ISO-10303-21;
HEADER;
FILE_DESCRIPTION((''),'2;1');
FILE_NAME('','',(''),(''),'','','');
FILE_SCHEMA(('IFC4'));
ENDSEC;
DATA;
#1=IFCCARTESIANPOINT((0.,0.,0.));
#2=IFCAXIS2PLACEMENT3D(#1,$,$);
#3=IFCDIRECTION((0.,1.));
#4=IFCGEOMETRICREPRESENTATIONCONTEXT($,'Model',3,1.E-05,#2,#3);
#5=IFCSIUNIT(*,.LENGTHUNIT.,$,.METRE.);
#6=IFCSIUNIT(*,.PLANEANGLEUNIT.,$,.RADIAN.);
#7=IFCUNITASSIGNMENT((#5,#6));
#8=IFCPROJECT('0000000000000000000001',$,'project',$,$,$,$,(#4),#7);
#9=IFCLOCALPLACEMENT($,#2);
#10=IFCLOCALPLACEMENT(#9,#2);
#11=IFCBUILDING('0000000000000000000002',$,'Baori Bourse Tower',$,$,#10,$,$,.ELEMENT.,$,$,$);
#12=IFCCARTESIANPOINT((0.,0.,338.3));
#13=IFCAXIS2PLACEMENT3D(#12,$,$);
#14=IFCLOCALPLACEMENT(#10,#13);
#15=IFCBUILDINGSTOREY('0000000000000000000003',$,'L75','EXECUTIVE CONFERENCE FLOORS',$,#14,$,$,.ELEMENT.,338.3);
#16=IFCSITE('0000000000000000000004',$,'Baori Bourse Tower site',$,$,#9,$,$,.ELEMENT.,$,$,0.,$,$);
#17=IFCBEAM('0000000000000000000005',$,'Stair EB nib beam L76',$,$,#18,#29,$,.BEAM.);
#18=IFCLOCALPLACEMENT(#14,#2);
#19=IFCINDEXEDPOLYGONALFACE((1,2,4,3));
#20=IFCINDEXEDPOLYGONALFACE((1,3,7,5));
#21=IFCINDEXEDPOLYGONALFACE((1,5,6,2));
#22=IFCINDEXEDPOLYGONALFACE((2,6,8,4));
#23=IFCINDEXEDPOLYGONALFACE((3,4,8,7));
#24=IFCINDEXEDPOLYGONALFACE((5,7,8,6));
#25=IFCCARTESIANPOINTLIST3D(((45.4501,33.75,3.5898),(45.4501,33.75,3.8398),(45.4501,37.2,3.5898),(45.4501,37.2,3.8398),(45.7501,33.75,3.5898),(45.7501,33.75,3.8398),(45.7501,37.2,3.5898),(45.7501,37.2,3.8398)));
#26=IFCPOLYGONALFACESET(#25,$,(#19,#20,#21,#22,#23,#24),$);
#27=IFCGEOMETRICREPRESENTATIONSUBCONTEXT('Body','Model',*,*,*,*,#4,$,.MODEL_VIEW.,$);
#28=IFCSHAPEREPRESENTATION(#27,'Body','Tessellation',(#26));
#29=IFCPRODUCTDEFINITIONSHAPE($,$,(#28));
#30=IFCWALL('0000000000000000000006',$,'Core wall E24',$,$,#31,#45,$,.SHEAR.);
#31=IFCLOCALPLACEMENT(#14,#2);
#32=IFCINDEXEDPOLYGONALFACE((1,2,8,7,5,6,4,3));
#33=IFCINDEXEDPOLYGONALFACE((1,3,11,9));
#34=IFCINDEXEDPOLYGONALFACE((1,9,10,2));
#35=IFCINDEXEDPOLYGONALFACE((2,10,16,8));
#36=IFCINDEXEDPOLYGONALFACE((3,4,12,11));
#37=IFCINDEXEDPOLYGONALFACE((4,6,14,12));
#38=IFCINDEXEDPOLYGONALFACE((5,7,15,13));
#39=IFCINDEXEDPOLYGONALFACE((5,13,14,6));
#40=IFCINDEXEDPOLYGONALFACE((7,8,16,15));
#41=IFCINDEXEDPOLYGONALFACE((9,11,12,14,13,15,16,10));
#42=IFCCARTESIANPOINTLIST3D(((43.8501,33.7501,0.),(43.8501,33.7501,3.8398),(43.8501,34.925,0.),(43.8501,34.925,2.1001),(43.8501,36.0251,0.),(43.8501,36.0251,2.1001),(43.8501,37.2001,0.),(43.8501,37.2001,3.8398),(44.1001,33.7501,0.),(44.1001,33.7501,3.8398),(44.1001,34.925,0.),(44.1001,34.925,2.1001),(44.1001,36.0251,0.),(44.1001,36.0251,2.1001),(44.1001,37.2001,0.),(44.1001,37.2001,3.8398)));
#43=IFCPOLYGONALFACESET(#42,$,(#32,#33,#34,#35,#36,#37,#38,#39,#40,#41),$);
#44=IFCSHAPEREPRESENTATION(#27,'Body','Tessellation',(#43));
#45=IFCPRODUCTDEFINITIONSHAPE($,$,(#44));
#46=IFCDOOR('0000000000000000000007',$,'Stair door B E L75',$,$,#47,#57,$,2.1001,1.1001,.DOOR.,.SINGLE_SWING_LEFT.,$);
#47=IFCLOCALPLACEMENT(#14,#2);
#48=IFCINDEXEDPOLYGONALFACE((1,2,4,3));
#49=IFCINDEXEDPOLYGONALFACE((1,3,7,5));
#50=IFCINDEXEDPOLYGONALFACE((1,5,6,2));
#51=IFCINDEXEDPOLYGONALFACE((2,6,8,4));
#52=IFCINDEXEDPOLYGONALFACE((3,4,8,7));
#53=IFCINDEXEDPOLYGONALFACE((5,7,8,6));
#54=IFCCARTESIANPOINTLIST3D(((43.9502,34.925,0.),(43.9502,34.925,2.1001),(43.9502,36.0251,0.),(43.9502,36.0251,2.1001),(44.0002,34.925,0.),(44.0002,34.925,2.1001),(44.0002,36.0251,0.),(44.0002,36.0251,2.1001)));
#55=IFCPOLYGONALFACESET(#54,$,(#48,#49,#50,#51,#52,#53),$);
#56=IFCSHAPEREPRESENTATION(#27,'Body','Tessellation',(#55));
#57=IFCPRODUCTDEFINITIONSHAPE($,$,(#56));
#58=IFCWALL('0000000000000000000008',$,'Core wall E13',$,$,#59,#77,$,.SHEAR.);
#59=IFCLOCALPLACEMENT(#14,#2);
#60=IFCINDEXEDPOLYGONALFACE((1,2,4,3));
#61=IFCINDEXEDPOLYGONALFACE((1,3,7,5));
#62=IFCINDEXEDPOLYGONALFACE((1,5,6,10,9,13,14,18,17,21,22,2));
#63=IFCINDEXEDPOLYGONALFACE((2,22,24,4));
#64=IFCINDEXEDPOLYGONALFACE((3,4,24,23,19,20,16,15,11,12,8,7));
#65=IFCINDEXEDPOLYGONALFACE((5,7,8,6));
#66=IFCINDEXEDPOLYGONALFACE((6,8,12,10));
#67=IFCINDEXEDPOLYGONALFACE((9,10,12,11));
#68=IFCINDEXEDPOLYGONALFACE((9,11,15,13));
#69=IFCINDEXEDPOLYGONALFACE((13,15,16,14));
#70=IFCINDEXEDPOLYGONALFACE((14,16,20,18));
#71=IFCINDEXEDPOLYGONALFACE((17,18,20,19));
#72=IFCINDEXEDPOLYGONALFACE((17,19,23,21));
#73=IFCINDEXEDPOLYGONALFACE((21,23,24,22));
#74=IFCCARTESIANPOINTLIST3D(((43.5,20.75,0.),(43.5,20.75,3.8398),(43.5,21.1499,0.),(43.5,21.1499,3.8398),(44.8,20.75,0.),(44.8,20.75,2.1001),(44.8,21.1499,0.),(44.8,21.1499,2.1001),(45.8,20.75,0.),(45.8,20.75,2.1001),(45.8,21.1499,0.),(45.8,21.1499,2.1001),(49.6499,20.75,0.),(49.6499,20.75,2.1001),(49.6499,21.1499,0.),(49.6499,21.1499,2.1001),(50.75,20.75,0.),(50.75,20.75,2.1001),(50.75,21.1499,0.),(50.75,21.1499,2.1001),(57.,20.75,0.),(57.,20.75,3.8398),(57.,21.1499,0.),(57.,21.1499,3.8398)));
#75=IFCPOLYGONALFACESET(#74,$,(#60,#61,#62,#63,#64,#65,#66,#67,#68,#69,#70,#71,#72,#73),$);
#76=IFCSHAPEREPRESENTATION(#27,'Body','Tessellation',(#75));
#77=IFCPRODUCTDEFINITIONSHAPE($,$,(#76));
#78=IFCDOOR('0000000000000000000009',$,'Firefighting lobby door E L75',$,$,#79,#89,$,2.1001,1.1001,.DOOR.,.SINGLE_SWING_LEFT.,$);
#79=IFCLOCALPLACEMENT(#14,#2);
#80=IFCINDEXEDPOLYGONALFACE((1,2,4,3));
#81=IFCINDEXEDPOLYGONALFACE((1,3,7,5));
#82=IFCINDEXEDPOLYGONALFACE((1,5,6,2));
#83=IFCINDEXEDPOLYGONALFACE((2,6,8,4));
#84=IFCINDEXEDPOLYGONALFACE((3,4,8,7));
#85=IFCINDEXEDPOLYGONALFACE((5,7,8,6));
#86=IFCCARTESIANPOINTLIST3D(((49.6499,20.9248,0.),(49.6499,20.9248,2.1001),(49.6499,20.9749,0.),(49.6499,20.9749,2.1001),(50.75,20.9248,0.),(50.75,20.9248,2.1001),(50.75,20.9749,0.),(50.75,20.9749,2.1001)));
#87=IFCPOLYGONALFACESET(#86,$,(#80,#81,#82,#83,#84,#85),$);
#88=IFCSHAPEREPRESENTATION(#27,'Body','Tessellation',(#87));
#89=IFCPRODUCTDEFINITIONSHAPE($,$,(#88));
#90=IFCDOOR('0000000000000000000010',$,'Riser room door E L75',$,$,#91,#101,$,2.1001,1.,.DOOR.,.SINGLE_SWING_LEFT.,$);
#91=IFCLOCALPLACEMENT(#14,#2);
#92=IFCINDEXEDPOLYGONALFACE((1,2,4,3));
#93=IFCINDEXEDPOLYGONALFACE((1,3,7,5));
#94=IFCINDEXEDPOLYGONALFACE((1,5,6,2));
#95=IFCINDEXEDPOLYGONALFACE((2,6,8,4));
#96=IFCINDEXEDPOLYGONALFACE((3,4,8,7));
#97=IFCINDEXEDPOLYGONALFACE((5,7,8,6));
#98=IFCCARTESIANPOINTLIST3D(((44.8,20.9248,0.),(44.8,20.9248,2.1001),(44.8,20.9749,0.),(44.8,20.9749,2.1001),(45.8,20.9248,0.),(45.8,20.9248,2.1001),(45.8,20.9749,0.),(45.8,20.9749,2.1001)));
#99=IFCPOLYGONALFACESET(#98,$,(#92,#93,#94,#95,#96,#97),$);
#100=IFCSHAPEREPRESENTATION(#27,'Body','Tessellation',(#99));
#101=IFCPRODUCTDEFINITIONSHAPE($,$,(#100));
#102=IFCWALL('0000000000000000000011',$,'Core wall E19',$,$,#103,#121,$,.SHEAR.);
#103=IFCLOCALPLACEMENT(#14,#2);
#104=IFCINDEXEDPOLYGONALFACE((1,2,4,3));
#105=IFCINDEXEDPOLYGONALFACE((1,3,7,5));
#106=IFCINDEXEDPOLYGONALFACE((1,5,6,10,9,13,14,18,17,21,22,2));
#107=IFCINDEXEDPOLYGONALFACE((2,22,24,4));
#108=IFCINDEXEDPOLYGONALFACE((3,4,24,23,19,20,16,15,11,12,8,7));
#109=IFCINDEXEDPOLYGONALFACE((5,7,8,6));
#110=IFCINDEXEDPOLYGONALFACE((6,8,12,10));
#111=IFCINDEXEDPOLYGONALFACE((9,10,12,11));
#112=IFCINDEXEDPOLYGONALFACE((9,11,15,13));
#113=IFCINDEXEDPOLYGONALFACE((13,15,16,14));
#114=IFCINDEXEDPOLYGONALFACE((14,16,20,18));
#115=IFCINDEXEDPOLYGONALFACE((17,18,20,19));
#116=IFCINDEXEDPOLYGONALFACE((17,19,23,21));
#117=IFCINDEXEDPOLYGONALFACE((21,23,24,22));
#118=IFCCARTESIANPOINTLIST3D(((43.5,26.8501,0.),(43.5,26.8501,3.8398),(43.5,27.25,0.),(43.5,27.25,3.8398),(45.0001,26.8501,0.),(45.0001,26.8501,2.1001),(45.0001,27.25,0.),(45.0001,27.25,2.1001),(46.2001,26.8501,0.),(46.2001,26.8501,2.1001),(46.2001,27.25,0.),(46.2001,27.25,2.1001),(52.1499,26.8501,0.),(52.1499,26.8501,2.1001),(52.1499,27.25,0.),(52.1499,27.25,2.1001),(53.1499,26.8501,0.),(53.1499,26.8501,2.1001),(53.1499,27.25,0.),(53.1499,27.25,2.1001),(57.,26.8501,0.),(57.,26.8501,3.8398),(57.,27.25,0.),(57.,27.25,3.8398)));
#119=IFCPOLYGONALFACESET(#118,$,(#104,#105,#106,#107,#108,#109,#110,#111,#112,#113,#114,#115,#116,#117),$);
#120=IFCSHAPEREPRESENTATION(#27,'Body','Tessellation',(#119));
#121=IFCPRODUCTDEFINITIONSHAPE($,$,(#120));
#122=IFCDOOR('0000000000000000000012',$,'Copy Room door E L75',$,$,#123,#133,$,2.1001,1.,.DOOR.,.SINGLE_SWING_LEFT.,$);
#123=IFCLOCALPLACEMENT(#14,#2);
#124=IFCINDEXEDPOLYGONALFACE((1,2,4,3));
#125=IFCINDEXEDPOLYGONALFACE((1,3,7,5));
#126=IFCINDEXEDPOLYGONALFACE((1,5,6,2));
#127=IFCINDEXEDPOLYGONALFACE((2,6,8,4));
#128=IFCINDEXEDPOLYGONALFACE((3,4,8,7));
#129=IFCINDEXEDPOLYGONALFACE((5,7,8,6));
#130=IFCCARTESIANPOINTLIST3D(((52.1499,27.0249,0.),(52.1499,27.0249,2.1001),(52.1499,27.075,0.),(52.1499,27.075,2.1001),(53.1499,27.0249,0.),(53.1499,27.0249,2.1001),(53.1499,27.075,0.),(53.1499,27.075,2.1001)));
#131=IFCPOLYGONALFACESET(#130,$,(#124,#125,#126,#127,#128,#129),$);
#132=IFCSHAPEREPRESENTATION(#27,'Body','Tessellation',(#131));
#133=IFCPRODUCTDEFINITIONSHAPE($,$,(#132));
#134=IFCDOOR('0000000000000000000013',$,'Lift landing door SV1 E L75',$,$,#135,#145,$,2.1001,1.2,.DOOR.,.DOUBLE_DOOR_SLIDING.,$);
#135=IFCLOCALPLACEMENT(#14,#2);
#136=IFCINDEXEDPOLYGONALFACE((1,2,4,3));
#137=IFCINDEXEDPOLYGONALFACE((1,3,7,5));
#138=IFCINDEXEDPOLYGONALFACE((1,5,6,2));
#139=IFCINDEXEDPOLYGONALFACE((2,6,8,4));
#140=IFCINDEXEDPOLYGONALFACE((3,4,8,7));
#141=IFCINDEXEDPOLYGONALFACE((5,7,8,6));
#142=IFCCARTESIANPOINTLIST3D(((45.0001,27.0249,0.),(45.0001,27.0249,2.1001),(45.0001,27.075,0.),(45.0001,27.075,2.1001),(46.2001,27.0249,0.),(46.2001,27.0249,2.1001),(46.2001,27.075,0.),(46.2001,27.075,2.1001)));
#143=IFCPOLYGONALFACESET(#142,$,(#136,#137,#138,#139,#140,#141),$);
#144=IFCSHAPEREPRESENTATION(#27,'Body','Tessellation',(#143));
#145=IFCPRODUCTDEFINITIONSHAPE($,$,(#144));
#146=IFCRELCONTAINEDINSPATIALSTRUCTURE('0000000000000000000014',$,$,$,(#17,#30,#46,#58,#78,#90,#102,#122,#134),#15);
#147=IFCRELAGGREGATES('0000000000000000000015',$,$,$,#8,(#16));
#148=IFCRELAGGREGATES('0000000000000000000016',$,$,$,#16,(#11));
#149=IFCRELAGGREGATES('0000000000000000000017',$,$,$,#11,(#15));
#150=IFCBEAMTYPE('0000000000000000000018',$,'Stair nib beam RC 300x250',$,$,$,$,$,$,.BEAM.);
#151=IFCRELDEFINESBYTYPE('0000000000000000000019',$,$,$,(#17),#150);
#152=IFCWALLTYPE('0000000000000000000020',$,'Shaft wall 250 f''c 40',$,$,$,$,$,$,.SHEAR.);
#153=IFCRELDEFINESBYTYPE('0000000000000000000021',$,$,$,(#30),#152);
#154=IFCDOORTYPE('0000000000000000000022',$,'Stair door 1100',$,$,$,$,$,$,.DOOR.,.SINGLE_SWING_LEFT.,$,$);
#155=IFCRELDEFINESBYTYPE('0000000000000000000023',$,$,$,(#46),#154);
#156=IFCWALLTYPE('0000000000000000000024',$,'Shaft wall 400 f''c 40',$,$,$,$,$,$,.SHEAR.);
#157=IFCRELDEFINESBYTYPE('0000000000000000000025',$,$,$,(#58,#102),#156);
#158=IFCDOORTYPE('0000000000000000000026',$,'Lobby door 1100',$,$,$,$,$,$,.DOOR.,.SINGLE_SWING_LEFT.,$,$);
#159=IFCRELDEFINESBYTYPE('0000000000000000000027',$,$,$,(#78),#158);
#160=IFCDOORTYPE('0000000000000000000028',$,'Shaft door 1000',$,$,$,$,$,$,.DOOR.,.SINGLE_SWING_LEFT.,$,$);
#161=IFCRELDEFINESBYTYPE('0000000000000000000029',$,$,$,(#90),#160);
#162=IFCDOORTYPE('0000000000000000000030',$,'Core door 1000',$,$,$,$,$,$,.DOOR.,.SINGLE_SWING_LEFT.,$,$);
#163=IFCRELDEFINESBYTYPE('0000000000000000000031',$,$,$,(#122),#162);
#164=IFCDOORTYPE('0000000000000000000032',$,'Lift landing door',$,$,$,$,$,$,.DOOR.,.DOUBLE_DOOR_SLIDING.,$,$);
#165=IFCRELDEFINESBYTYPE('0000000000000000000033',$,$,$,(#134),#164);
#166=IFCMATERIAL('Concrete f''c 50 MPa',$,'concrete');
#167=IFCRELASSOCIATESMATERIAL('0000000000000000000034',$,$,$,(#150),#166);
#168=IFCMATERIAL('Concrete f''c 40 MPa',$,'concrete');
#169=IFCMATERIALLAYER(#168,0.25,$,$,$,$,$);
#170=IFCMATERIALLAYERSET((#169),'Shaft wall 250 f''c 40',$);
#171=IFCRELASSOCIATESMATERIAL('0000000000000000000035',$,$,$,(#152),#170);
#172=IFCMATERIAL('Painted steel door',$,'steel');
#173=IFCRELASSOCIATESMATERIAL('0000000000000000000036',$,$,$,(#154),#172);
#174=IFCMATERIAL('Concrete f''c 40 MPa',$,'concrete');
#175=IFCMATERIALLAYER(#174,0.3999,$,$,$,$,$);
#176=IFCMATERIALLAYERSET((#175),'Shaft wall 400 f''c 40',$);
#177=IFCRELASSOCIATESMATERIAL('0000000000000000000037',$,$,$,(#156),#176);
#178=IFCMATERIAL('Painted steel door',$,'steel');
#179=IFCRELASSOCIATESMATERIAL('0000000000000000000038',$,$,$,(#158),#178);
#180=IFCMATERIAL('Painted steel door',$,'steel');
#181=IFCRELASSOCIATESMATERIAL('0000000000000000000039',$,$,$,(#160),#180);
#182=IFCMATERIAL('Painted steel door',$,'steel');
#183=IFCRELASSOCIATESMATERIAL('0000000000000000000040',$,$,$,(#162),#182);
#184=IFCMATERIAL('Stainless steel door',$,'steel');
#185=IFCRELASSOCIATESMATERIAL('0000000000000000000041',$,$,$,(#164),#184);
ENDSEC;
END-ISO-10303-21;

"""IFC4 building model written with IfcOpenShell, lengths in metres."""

from ifc_helpers import new_model, si_unit, direction, frame, frame_2d, origin, origin_2d, place, context, subcontext, project, spatial, rectangle, extrude, material, layer, layer_set, material_profile, profile_set, type_object, element, fill, save


model = new_model("IFC4")

# Units and contexts
model_context = context("Model", 3, precision=1e-05, world=origin(), true_north=direction((0.0, 1.0)))
body_context = subcontext(model_context, "Body", "Model", "MODEL_VIEW")
ifc_project = project(units=[si_unit("LENGTHUNIT", "METRE"), si_unit("PLANEANGLEUNIT", "RADIAN")], contexts=[model_context])

# Site, building, storey
site_placement = place(None, origin())
site = spatial("IfcSite", under=ifc_project, at=site_placement, Name="Baori Bourse Tower site", CompositionType="ELEMENT", RefElevation=0.0)
building_placement = place(site_placement, origin())
building = spatial("IfcBuilding", under=site, at=building_placement, Name="Baori Bourse Tower", CompositionType="ELEMENT")
storey_placement = place(building_placement, frame((0.0, 0.0, 338.3)))
storey = spatial("IfcBuildingStorey", under=building, at=storey_placement, Name="L75", Description="EXECUTIVE CONFERENCE FLOORS", CompositionType="ELEMENT", Elevation=338.3)

# Beam
ifc_material_1 = material(Name="Concrete f'c 50 MPa", Category="concrete")
ifc_material_profile = material_profile(ifc_material_1, rectangle(XDim=0.3, YDim=0.25, at=origin_2d()), Name="RC 300x250")
ifc_profile_set = profile_set([ifc_material_profile], Name="Concrete f'c 50 MPa")
beam_type = type_object("IfcBeamType", Name="Stair nib beam RC 300x250", PredefinedType="BEAM", material=ifc_profile_set)
beam_placement = place(storey_placement, frame((45.6001, 33.75, 3.7148), z_axis=(0.0, 1.0, 0.0), x_axis=(-1.0, 0.0, 0.0)))
element("IfcBeam", 1, at=beam_placement, inside=storey, type_object=beam_type, Name="Stair EB nib beam L76", PredefinedType="BEAM", context=body_context, shape_type="SweptSolid", body=[
    extrude(rectangle(XDim=0.3, YDim=0.25, at=origin_2d()), origin(), (0.0, 0.0, 1.0), 3.45),
])

# Wall, opening, door
ifc_material_2 = material(Name="Concrete f'c 40 MPa", Category="concrete")
ifc_layer_1 = layer(ifc_material_2, 0.25)
ifc_layer_set_1 = layer_set([ifc_layer_1], Name="Shaft wall 250 f'c 40")
wall_type_1 = type_object("IfcWallType", Name="Shaft wall 250 f'c 40", PredefinedType="SHEAR", material=ifc_layer_set_1)
wall_1_placement = place(storey_placement, frame((43.9751, 33.75, 0.0), z_axis=(0.0, 0.0, 1.0), x_axis=(0.0, 1.0, 0.0)))
wall_1 = element("IfcWall", 2, at=wall_1_placement, inside=storey, type_object=wall_type_1, Name="Core wall E24", PredefinedType="SHEAR", context=body_context, shape_type="SweptSolid", body=[
    extrude(rectangle(XDim=3.45, YDim=0.25, at=frame_2d((1.7251, 0.0))), origin(), (0.0, 0.0, 1.0), 3.8398),
])
opening_1_placement = place(wall_1_placement, frame((1.175, 0.0, 0.0)))
opening_1 = element("IfcOpeningElement", 3, at=opening_1_placement, cuts=wall_1, PredefinedType="OPENING", context=body_context, shape_type="SweptSolid", body=[
    extrude(rectangle(XDim=1.1001, YDim=2.1001, at=frame_2d((0.55, 1.05))), frame((0.0, 0.135, 0.0), z_axis=(0.0, -1.0, 0.0), x_axis=(1.0, 0.0, 0.0)), (0.0, 0.0, 1.0), 0.27),
])
ifc_material_3 = material(Name="Painted steel door", Category="steel")
door_type_1 = type_object("IfcDoorType", Name="Stair door 1100", OperationType="SINGLE_SWING_LEFT", PredefinedType="DOOR", material=ifc_material_3)
door_1_placement = place(opening_1_placement, origin())
door_1 = element("IfcDoor", 4, at=door_1_placement, inside=storey, type_object=door_type_1, Name="Stair door B E L75", OperationType="SINGLE_SWING_LEFT", OverallHeight=2.1001, OverallWidth=1.1001, PredefinedType="DOOR", context=body_context, shape_type="SweptSolid", body=[
    extrude(rectangle(XDim=1.1001, YDim=2.1001, at=frame_2d((0.55, 1.05))), frame((0.0, 0.0249, 0.0), z_axis=(0.0, -1.0, 0.0), x_axis=(1.0, 0.0, 0.0)), (0.0, 0.0, 1.0), 0.05),
])
fill(opening_1, door_1)

# Walls, openings, doors
ifc_material_4 = material(Name="Concrete f'c 40 MPa", Category="concrete")
ifc_layer_2 = layer(ifc_material_4, 0.3999)
ifc_layer_set_2 = layer_set([ifc_layer_2], Name="Shaft wall 400 f'c 40")
wall_type_2 = type_object("IfcWallType", Name="Shaft wall 400 f'c 40", PredefinedType="SHEAR", material=ifc_layer_set_2)
wall_2_placement = place(storey_placement, frame((43.5, 20.95, 0.0), z_axis=(0.0, 0.0, 1.0), x_axis=(1.0, 0.0, 0.0)))
wall_2 = element("IfcWall", 5, at=wall_2_placement, inside=storey, type_object=wall_type_2, Name="Core wall E13", PredefinedType="SHEAR", context=body_context, shape_type="SweptSolid", body=[
    extrude(rectangle(XDim=13.5, YDim=0.3999, at=frame_2d((6.75, 0.0))), origin(), (0.0, 0.0, 1.0), 3.8398),
])
opening_2_placement = place(wall_2_placement, frame((6.1499, 0.0, 0.0)))
opening_2 = element("IfcOpeningElement", 6, at=opening_2_placement, cuts=wall_2, PredefinedType="OPENING", context=body_context, shape_type="SweptSolid", body=[
    extrude(rectangle(XDim=1.1001, YDim=2.1001, at=frame_2d((0.55, 1.05))), frame((0.0, 0.21, 0.0), z_axis=(0.0, -1.0, 0.0), x_axis=(1.0, 0.0, 0.0)), (0.0, 0.0, 1.0), 0.4199),
])
opening_3_placement = place(wall_2_placement, frame((1.3, 0.0, 0.0)))
opening_3 = element("IfcOpeningElement", 7, at=opening_3_placement, cuts=wall_2, PredefinedType="OPENING", context=body_context, shape_type="SweptSolid", body=[
    extrude(rectangle(XDim=1.0, YDim=2.1001, at=frame_2d((0.5, 1.05))), frame((0.0, 0.21, 0.0), z_axis=(0.0, -1.0, 0.0), x_axis=(1.0, 0.0, 0.0)), (0.0, 0.0, 1.0), 0.4199),
])
ifc_material_5 = material(Name="Painted steel door", Category="steel")
door_type_2 = type_object("IfcDoorType", Name="Lobby door 1100", OperationType="SINGLE_SWING_LEFT", PredefinedType="DOOR", material=ifc_material_5)
door_2_placement = place(opening_2_placement, origin())
door_2 = element("IfcDoor", 8, at=door_2_placement, inside=storey, type_object=door_type_2, Name="Firefighting lobby door E L75", OperationType="SINGLE_SWING_LEFT", OverallHeight=2.1001, OverallWidth=1.1001, PredefinedType="DOOR", context=body_context, shape_type="SweptSolid", body=[
    extrude(rectangle(XDim=1.1001, YDim=2.1001, at=frame_2d((0.55, 1.05))), frame((0.0, 0.0249, 0.0), z_axis=(0.0, -1.0, 0.0), x_axis=(1.0, 0.0, 0.0)), (0.0, 0.0, 1.0), 0.05),
])
fill(opening_2, door_2)
ifc_material_6 = material(Name="Painted steel door", Category="steel")
door_type_3 = type_object("IfcDoorType", Name="Shaft door 1000", OperationType="SINGLE_SWING_LEFT", PredefinedType="DOOR", material=ifc_material_6)
door_3_placement = place(opening_3_placement, origin())
door_3 = element("IfcDoor", 9, at=door_3_placement, inside=storey, type_object=door_type_3, Name="Riser room door E L75", OperationType="SINGLE_SWING_LEFT", OverallHeight=2.1001, OverallWidth=1.0, PredefinedType="DOOR", context=body_context, shape_type="SweptSolid", body=[
    extrude(rectangle(XDim=1.0, YDim=2.1001, at=frame_2d((0.5, 1.05))), frame((0.0, 0.0249, 0.0), z_axis=(0.0, -1.0, 0.0), x_axis=(1.0, 0.0, 0.0)), (0.0, 0.0, 1.0), 0.05),
])
fill(opening_3, door_3)
wall_3_placement = place(storey_placement, frame((43.5, 27.05, 0.0), z_axis=(0.0, 0.0, 1.0), x_axis=(1.0, 0.0, 0.0)))
wall_3 = element("IfcWall", 10, at=wall_3_placement, inside=storey, type_object=wall_type_2, Name="Core wall E19", PredefinedType="SHEAR", context=body_context, shape_type="SweptSolid", body=[
    extrude(rectangle(XDim=13.5, YDim=0.3999, at=frame_2d((6.75, 0.0))), origin(), (0.0, 0.0, 1.0), 3.8398),
])
opening_4_placement = place(wall_3_placement, frame((8.6499, 0.0, 0.0)))
opening_4 = element("IfcOpeningElement", 11, at=opening_4_placement, cuts=wall_3, PredefinedType="OPENING", context=body_context, shape_type="SweptSolid", body=[
    extrude(rectangle(XDim=1.0, YDim=2.1001, at=frame_2d((0.5, 1.05))), frame((0.0, 0.21, 0.0), z_axis=(0.0, -1.0, 0.0), x_axis=(1.0, 0.0, 0.0)), (0.0, 0.0, 1.0), 0.4199),
])
opening_5_placement = place(wall_3_placement, frame((1.5, 0.0, 0.0)))
opening_5 = element("IfcOpeningElement", 12, at=opening_5_placement, cuts=wall_3, PredefinedType="OPENING", context=body_context, shape_type="SweptSolid", body=[
    extrude(rectangle(XDim=1.2, YDim=2.1001, at=frame_2d((0.6001, 1.05))), frame((0.0, 0.21, 0.0), z_axis=(0.0, -1.0, 0.0), x_axis=(1.0, 0.0, 0.0)), (0.0, 0.0, 1.0), 0.4199),
])
ifc_material_7 = material(Name="Painted steel door", Category="steel")
door_type_4 = type_object("IfcDoorType", Name="Core door 1000", OperationType="SINGLE_SWING_LEFT", PredefinedType="DOOR", material=ifc_material_7)
door_4_placement = place(opening_4_placement, origin())
door_4 = element("IfcDoor", 13, at=door_4_placement, inside=storey, type_object=door_type_4, Name="Copy Room door E L75", OperationType="SINGLE_SWING_LEFT", OverallHeight=2.1001, OverallWidth=1.0, PredefinedType="DOOR", context=body_context, shape_type="SweptSolid", body=[
    extrude(rectangle(XDim=1.0, YDim=2.1001, at=frame_2d((0.5, 1.05))), frame((0.0, 0.0249, 0.0), z_axis=(0.0, -1.0, 0.0), x_axis=(1.0, 0.0, 0.0)), (0.0, 0.0, 1.0), 0.05),
])
fill(opening_4, door_4)
ifc_material_8 = material(Name="Stainless steel door", Category="steel")
door_type_5 = type_object("IfcDoorType", Name="Lift landing door", OperationType="DOUBLE_DOOR_SLIDING", PredefinedType="DOOR", material=ifc_material_8)
door_5_placement = place(opening_5_placement, origin())
door_5 = element("IfcDoor", 14, at=door_5_placement, inside=storey, type_object=door_type_5, Name="Lift landing door SV1 E L75", OperationType="DOUBLE_DOOR_SLIDING", OverallHeight=2.1001, OverallWidth=1.2, PredefinedType="DOOR", context=body_context, shape_type="SweptSolid", body=[
    extrude(rectangle(XDim=1.2, YDim=2.1001, at=frame_2d((0.6001, 1.05))), frame((0.0, 0.0249, 0.0), z_axis=(0.0, -1.0, 0.0), x_axis=(1.0, 0.0, 0.0)), (0.0, 0.0, 1.0), 0.05),
])
fill(opening_5, door_5)

save(model, "model.ifc")
